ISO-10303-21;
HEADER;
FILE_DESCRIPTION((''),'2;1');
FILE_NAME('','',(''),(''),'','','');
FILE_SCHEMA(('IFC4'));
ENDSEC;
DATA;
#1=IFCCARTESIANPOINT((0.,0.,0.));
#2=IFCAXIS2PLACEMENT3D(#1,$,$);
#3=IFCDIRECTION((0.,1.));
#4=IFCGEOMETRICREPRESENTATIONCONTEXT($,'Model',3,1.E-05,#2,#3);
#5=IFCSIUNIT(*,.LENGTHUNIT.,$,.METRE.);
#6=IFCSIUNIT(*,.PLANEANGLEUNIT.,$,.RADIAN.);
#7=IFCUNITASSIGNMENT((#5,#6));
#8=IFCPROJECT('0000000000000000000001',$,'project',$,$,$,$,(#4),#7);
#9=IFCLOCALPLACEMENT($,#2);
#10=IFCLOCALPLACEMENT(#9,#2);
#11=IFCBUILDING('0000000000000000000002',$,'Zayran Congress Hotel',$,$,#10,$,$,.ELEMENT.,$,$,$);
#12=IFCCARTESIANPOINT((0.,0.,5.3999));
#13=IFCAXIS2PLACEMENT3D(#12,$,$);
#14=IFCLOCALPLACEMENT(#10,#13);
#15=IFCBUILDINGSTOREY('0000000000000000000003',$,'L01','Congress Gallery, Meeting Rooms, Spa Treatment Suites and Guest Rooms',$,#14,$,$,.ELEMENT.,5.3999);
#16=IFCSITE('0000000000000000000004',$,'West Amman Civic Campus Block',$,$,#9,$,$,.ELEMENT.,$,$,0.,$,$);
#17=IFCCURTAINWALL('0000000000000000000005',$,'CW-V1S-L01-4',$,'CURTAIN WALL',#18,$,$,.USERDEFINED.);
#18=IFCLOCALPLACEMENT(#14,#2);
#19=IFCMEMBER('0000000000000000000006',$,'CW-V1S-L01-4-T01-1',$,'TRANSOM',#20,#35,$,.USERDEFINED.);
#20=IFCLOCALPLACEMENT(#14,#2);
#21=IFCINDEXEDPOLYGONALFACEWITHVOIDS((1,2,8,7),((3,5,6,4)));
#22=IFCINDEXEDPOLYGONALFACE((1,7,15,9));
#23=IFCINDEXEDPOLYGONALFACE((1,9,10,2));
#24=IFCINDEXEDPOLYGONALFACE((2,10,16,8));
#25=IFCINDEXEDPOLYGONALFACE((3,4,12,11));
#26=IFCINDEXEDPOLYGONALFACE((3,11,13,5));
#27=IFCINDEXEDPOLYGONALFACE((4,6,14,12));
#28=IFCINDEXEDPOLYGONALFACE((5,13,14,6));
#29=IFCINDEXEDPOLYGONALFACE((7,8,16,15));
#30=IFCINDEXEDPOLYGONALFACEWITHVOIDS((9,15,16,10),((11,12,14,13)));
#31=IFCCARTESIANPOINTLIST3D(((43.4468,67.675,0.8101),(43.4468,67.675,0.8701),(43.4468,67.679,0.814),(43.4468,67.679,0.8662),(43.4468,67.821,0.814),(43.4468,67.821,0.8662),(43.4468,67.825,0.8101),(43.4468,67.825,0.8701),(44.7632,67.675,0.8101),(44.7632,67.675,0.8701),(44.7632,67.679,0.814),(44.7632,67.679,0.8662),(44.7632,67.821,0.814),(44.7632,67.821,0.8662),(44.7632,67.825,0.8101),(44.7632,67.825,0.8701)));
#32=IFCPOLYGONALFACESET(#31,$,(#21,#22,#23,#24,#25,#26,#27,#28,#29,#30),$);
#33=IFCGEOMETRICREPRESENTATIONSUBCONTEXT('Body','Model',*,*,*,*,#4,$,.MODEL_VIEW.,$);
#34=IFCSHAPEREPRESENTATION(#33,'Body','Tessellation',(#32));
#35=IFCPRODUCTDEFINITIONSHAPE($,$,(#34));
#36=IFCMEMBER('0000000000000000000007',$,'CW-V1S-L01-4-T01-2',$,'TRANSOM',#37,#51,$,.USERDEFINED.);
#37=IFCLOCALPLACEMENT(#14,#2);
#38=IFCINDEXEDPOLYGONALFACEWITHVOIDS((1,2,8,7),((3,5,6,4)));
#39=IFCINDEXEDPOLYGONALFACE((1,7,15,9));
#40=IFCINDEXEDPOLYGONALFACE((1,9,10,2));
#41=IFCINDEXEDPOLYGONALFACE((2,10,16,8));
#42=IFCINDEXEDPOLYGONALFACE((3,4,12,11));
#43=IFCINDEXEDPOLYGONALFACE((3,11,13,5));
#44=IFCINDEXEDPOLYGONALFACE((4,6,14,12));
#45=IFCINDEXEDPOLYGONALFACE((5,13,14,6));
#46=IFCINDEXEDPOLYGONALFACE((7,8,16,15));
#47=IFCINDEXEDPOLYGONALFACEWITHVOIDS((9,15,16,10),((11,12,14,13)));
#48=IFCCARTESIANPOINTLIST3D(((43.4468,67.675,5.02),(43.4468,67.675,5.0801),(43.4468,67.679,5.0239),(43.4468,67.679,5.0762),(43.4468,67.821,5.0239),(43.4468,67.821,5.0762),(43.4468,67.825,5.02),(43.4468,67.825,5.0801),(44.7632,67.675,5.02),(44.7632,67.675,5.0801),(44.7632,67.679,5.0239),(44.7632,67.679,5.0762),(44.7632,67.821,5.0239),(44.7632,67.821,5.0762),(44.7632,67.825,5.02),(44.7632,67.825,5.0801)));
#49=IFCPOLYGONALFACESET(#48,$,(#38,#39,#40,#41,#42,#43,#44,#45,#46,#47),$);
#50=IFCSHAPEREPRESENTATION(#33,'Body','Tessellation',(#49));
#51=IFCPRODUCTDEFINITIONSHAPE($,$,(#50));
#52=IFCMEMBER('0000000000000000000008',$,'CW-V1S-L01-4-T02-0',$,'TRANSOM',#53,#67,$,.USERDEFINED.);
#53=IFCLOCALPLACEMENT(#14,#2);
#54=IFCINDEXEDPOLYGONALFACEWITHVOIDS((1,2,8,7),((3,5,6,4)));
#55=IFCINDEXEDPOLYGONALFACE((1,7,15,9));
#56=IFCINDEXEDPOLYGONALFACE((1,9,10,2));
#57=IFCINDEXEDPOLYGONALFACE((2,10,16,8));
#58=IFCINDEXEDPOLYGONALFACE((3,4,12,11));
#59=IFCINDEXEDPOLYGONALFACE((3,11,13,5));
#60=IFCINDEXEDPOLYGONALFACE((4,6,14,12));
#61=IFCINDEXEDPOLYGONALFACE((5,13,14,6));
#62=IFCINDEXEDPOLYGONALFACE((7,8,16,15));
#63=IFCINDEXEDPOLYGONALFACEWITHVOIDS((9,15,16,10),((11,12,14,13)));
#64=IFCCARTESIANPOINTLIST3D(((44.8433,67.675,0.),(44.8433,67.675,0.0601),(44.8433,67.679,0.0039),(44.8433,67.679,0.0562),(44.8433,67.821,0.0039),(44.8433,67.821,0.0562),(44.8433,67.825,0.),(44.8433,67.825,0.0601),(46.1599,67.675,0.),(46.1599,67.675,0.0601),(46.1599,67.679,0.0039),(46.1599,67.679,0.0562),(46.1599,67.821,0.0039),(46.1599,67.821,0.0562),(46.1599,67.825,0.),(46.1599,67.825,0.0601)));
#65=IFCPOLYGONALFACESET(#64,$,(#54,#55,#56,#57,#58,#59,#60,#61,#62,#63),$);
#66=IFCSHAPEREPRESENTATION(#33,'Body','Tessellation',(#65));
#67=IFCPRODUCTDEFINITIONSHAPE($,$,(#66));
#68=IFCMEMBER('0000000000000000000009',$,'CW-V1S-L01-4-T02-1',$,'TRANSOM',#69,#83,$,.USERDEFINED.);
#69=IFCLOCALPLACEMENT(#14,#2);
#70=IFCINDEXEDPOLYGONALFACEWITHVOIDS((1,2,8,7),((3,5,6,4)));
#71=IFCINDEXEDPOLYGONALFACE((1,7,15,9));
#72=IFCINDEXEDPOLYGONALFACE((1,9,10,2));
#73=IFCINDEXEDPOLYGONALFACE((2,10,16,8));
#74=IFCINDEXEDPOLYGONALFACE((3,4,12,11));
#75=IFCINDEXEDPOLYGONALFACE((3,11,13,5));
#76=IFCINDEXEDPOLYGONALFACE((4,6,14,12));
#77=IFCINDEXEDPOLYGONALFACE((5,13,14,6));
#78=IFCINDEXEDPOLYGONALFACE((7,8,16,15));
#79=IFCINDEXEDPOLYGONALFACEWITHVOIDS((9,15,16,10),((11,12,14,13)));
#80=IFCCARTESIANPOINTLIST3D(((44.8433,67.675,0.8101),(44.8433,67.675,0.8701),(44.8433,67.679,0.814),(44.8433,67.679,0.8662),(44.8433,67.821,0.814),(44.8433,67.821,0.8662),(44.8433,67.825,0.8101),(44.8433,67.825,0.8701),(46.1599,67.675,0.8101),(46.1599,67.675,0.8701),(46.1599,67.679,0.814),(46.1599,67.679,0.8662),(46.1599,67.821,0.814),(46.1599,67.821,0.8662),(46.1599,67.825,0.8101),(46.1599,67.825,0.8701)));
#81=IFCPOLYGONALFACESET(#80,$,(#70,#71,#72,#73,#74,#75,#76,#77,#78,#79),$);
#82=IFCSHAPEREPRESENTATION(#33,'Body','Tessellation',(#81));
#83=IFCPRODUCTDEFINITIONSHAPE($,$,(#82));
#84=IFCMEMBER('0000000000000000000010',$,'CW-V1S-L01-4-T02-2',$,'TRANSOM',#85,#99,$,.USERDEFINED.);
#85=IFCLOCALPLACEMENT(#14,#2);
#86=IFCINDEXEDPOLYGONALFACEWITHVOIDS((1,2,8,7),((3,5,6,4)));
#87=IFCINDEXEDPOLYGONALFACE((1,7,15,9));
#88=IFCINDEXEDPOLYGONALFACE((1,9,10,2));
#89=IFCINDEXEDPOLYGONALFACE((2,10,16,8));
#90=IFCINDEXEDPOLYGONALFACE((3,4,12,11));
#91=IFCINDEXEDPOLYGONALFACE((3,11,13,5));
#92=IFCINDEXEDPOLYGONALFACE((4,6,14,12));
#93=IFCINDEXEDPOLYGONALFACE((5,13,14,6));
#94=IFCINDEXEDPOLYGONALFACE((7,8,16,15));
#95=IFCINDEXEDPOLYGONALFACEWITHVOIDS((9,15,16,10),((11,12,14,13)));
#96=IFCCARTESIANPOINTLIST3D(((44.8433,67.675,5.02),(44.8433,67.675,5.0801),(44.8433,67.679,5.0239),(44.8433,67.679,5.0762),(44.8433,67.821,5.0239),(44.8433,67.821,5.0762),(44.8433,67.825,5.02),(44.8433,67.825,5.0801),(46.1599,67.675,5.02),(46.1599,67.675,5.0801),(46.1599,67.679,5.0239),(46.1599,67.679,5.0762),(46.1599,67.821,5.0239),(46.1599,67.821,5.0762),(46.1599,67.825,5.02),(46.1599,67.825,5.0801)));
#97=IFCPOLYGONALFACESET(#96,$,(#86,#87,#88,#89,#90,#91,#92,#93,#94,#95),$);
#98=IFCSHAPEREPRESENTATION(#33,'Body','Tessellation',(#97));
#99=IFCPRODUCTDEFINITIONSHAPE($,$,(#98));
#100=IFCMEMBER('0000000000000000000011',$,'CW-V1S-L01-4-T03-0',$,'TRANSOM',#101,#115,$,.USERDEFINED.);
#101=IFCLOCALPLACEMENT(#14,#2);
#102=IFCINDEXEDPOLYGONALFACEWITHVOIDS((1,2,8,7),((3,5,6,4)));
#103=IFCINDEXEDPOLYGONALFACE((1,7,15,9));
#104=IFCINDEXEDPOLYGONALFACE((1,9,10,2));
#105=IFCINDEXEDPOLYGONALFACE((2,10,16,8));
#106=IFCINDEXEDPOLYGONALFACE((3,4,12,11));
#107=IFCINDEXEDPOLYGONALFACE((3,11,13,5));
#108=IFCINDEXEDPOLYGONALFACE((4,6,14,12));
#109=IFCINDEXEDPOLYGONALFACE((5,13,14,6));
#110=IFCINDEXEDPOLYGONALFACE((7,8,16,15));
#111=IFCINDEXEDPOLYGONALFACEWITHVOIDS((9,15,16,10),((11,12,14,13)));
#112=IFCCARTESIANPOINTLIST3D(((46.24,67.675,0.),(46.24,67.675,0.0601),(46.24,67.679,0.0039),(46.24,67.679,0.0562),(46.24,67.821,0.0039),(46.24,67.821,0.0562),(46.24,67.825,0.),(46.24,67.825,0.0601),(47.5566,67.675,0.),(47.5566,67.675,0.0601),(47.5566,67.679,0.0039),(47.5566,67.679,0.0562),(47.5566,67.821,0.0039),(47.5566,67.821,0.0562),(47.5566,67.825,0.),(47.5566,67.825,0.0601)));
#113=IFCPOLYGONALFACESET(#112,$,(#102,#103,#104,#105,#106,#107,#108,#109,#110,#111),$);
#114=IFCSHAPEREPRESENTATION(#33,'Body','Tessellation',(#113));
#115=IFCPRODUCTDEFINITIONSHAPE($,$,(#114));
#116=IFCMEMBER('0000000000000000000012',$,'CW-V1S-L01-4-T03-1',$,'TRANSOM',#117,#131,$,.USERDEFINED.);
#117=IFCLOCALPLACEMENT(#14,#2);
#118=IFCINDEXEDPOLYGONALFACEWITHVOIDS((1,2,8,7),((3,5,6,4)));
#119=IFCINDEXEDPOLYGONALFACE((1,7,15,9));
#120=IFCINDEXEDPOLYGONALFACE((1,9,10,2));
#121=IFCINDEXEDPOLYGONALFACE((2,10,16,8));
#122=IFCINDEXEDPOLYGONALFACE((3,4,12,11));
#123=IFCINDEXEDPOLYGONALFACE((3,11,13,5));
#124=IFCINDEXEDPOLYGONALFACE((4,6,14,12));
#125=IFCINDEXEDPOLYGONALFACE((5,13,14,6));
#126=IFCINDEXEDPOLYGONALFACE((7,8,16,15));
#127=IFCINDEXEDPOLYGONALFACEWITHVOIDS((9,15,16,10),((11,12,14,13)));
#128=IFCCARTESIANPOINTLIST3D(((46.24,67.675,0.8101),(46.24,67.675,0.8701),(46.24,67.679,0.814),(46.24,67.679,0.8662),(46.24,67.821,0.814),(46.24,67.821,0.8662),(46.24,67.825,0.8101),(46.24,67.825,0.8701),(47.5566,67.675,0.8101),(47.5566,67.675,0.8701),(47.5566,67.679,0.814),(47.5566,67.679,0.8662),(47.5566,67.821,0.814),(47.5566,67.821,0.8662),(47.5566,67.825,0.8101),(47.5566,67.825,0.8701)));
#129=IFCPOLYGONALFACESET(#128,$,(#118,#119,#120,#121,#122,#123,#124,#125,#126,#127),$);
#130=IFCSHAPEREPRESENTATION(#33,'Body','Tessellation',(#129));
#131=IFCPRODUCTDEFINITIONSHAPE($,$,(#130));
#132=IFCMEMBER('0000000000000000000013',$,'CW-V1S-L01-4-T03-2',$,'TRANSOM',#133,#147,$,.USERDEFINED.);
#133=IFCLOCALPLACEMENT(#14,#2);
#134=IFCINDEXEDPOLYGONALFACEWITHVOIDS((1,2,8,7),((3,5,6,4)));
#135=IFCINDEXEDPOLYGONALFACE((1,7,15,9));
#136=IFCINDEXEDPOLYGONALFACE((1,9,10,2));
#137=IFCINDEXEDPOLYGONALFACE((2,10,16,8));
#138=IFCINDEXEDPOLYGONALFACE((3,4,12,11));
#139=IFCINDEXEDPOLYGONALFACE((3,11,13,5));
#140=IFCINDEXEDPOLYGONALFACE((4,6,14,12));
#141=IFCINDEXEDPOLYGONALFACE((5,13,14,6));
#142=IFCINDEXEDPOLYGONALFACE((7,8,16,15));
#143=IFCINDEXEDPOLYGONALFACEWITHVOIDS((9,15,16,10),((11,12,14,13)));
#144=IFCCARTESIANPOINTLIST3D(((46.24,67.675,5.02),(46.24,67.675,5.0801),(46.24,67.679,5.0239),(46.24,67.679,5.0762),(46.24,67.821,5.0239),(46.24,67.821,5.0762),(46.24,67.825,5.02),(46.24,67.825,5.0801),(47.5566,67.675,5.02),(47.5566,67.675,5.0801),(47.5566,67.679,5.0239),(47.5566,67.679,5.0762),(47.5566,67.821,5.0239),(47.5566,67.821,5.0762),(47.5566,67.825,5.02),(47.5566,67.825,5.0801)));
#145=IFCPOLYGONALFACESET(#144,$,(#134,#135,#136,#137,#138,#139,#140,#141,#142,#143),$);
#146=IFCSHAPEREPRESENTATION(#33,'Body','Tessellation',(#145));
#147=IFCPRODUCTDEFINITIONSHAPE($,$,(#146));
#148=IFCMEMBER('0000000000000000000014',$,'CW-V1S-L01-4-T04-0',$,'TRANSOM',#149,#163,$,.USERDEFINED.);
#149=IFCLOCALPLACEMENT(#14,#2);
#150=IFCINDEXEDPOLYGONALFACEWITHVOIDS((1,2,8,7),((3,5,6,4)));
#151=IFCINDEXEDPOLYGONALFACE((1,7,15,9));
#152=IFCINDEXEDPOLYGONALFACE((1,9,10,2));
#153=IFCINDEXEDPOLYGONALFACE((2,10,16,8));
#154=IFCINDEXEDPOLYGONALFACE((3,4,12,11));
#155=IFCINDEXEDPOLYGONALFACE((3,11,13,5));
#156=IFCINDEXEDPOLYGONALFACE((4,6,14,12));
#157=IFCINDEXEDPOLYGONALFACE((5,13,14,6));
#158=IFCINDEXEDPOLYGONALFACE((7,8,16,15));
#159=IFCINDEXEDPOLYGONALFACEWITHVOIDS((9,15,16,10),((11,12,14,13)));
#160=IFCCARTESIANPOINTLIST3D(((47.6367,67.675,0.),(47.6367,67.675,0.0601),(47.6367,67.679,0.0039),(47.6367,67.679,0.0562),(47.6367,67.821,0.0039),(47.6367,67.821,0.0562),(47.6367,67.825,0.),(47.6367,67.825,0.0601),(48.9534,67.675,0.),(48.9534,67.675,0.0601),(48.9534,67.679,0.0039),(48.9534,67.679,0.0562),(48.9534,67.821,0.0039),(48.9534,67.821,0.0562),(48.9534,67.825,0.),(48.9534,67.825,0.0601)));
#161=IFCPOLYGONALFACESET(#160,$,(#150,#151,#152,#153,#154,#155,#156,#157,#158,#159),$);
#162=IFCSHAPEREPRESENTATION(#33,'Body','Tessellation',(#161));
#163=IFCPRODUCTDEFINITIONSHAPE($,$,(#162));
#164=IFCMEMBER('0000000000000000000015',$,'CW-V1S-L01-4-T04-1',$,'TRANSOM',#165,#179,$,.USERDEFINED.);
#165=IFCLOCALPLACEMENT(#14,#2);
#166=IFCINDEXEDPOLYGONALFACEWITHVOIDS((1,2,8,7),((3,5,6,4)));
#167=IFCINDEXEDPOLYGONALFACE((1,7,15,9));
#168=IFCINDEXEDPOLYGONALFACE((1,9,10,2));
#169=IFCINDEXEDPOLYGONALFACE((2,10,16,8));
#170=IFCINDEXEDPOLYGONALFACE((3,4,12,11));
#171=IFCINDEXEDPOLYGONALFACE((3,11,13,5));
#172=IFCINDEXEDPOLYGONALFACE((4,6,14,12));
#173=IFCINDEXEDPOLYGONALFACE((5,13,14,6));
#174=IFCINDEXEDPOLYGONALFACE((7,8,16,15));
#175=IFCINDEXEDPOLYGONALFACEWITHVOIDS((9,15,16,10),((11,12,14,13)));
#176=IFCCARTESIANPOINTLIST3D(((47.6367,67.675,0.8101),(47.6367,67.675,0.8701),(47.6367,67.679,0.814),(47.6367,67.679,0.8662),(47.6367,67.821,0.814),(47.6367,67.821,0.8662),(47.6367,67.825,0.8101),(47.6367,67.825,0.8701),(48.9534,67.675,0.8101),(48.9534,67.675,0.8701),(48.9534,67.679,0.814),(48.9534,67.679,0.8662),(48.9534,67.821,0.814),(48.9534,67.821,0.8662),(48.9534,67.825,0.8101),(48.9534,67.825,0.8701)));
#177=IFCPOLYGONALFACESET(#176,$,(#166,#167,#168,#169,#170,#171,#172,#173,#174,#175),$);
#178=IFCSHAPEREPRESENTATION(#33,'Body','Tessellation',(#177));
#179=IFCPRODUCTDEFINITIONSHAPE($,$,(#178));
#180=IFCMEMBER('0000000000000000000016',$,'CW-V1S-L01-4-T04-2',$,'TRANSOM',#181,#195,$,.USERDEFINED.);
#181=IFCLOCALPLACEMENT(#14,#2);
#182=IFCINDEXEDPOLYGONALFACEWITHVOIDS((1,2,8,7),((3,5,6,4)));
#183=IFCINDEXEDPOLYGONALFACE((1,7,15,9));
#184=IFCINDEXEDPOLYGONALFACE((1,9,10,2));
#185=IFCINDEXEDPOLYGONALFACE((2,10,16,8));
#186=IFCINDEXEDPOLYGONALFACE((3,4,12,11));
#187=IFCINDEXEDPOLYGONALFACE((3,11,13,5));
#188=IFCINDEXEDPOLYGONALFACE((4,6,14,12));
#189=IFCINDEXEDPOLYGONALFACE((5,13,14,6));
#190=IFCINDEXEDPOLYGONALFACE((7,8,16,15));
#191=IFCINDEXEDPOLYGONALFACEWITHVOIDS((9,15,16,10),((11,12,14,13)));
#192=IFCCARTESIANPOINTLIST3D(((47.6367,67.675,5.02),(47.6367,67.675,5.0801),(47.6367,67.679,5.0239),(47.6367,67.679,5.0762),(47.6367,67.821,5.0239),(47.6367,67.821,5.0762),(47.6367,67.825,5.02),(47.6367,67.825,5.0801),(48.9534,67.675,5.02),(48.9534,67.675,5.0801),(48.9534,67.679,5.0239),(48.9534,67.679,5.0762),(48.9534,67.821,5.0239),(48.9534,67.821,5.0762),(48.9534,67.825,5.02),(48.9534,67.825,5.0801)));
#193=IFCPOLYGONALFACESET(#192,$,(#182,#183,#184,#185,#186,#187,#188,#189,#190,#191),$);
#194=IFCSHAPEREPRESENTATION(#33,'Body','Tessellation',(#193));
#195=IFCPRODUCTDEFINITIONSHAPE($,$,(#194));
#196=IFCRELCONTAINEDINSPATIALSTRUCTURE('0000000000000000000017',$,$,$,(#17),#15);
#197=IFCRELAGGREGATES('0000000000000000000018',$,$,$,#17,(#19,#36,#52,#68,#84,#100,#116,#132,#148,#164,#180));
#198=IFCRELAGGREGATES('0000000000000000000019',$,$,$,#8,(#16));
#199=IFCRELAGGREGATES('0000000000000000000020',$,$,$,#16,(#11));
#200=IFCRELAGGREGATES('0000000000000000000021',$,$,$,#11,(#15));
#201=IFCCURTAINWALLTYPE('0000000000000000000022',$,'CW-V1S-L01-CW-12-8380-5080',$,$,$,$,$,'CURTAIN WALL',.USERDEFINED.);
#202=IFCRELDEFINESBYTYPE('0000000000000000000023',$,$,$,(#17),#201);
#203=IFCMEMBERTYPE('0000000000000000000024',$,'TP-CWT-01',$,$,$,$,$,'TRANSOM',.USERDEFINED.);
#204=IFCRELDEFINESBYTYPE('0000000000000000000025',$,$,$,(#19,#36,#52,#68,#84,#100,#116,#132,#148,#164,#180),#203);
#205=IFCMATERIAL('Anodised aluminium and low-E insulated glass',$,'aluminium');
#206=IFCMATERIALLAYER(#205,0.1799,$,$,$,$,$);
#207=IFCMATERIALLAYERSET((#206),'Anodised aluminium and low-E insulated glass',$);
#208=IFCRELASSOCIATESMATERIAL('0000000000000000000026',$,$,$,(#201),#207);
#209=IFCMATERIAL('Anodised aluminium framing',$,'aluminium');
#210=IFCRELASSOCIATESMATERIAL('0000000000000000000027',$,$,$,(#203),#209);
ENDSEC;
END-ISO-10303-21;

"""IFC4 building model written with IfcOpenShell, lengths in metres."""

from ifc_helpers import new_model, si_unit, direction, frame, origin, origin_2d, place, context, subcontext, project, spatial, hollow_rectangle, extrude, material, layer, layer_set, material_profile, profile_set, type_object, element, aggregate, save


model = new_model("IFC4")

# Units and contexts
model_context = context("Model", 3, precision=1e-05, world=origin(), true_north=direction((0.0, 1.0)))
body_context = subcontext(model_context, "Body", "Model", "MODEL_VIEW")
ifc_project = project(units=[si_unit("LENGTHUNIT", "METRE"), si_unit("PLANEANGLEUNIT", "RADIAN")], contexts=[model_context])

# Site, building, storey
site_placement = place(None, origin())
site = spatial("IfcSite", under=ifc_project, at=site_placement, Name="West Amman Civic Campus Block", CompositionType="ELEMENT", RefElevation=0.0)
building_placement = place(site_placement, origin())
building = spatial("IfcBuilding", under=site, at=building_placement, Name="Zayran Congress Hotel", CompositionType="ELEMENT")
storey_placement = place(building_placement, frame((0.0, 0.0, 5.3999)))
storey = spatial("IfcBuildingStorey", under=building, at=storey_placement, Name="L01", Description="Congress Gallery, Meeting Rooms, Spa Treatment Suites and Guest Rooms", CompositionType="ELEMENT", Elevation=5.3999)

# Shared definitions
ifc_material_1 = material(Name="Anodised aluminium and low-E insulated glass", Category="aluminium")
ifc_material_2 = material(Name="Anodised aluminium framing", Category="aluminium")

# Curtain wall, members
ifc_layer_1 = layer(ifc_material_1, 0.1799)
ifc_layer_set_1 = layer_set([ifc_layer_1], Name="Anodised aluminium and low-E insulated glass")
curtain_wall_type_1 = type_object("IfcCurtainWallType", Name="CW-V1S-L01-CW-12-8380-5080", ElementType="CURTAIN WALL", PredefinedType="USERDEFINED", material=ifc_layer_set_1)
curtain_wall_1_placement = place(storey_placement, origin())
curtain_wall_1 = element("IfcCurtainWall", 1, at=curtain_wall_1_placement, inside=storey, type_object=curtain_wall_type_1, Name="CW-V1S-L01-4", ObjectType="CURTAIN WALL", PredefinedType="USERDEFINED")
ifc_material_profile_1 = material_profile(ifc_material_2, hollow_rectangle(XDim=0.0601, YDim=0.1499, WallThickness=0.0039, at=origin_2d()), Name="RHS 150x60x4")
ifc_profile_set_1 = profile_set([ifc_material_profile_1], Name="Anodised aluminium framing")
member_type_1 = type_object("IfcMemberType", Name="TP-CWT-01", ElementType="TRANSOM", PredefinedType="USERDEFINED", material=ifc_profile_set_1)
member_1_placement = place(storey_placement, frame((43.4468, 67.75, 0.8401), z_axis=(1.0, 0.0, 0.0), x_axis=(0.0, 0.0, 1.0)))
member_1 = element("IfcMember", 2, at=member_1_placement, type_object=member_type_1, Name="CW-V1S-L01-4-T01-1", ObjectType="TRANSOM", PredefinedType="USERDEFINED", context=body_context, shape_type="SweptSolid", body=[
    extrude(hollow_rectangle(XDim=0.0601, YDim=0.1499, WallThickness=0.0039, at=origin_2d()), origin(), (0.0, 0.0, 1.0), 1.3164),
])
member_2_placement = place(storey_placement, frame((43.4468, 67.75, 5.05), z_axis=(1.0, 0.0, 0.0), x_axis=(0.0, 0.0, 1.0)))
member_2 = element("IfcMember", 3, at=member_2_placement, type_object=member_type_1, Name="CW-V1S-L01-4-T01-2", ObjectType="TRANSOM", PredefinedType="USERDEFINED", context=body_context, shape_type="SweptSolid", body=[
    extrude(hollow_rectangle(XDim=0.0601, YDim=0.1499, WallThickness=0.0039, at=origin_2d()), origin(), (0.0, 0.0, 1.0), 1.3164),
])
member_3_placement = place(storey_placement, frame((44.8433, 67.75, 0.03), z_axis=(1.0, 0.0, 0.0), x_axis=(0.0, 0.0, 1.0)))
member_3 = element("IfcMember", 4, at=member_3_placement, type_object=member_type_1, Name="CW-V1S-L01-4-T02-0", ObjectType="TRANSOM", PredefinedType="USERDEFINED", context=body_context, shape_type="SweptSolid", body=[
    extrude(hollow_rectangle(XDim=0.0601, YDim=0.1499, WallThickness=0.0039, at=origin_2d()), origin(), (0.0, 0.0, 1.0), 1.3167),
])
member_4_placement = place(storey_placement, frame((44.8433, 67.75, 0.8401), z_axis=(1.0, 0.0, 0.0), x_axis=(0.0, 0.0, 1.0)))
member_4 = element("IfcMember", 5, at=member_4_placement, type_object=member_type_1, Name="CW-V1S-L01-4-T02-1", ObjectType="TRANSOM", PredefinedType="USERDEFINED", context=body_context, shape_type="SweptSolid", body=[
    extrude(hollow_rectangle(XDim=0.0601, YDim=0.1499, WallThickness=0.0039, at=origin_2d()), origin(), (0.0, 0.0, 1.0), 1.3167),
])
member_5_placement = place(storey_placement, frame((44.8433, 67.75, 5.05), z_axis=(1.0, 0.0, 0.0), x_axis=(0.0, 0.0, 1.0)))
member_5 = element("IfcMember", 6, at=member_5_placement, type_object=member_type_1, Name="CW-V1S-L01-4-T02-2", ObjectType="TRANSOM", PredefinedType="USERDEFINED", context=body_context, shape_type="SweptSolid", body=[
    extrude(hollow_rectangle(XDim=0.0601, YDim=0.1499, WallThickness=0.0039, at=origin_2d()), origin(), (0.0, 0.0, 1.0), 1.3167),
])
member_6_placement = place(storey_placement, frame((46.24, 67.75, 0.03), z_axis=(1.0, 0.0, 0.0), x_axis=(0.0, 0.0, 1.0)))
member_6 = element("IfcMember", 7, at=member_6_placement, type_object=member_type_1, Name="CW-V1S-L01-4-T03-0", ObjectType="TRANSOM", PredefinedType="USERDEFINED", context=body_context, shape_type="SweptSolid", body=[
    extrude(hollow_rectangle(XDim=0.0601, YDim=0.1499, WallThickness=0.0039, at=origin_2d()), origin(), (0.0, 0.0, 1.0), 1.3167),
])
member_7_placement = place(storey_placement, frame((46.24, 67.75, 0.8401), z_axis=(1.0, 0.0, 0.0), x_axis=(0.0, 0.0, 1.0)))
member_7 = element("IfcMember", 8, at=member_7_placement, type_object=member_type_1, Name="CW-V1S-L01-4-T03-1", ObjectType="TRANSOM", PredefinedType="USERDEFINED", context=body_context, shape_type="SweptSolid", body=[
    extrude(hollow_rectangle(XDim=0.0601, YDim=0.1499, WallThickness=0.0039, at=origin_2d()), origin(), (0.0, 0.0, 1.0), 1.3167),
])
member_8_placement = place(storey_placement, frame((46.24, 67.75, 5.05), z_axis=(1.0, 0.0, 0.0), x_axis=(0.0, 0.0, 1.0)))
member_8 = element("IfcMember", 9, at=member_8_placement, type_object=member_type_1, Name="CW-V1S-L01-4-T03-2", ObjectType="TRANSOM", PredefinedType="USERDEFINED", context=body_context, shape_type="SweptSolid", body=[
    extrude(hollow_rectangle(XDim=0.0601, YDim=0.1499, WallThickness=0.0039, at=origin_2d()), origin(), (0.0, 0.0, 1.0), 1.3167),
])
member_9_placement = place(storey_placement, frame((47.6367, 67.75, 0.03), z_axis=(1.0, 0.0, 0.0), x_axis=(0.0, 0.0, 1.0)))
member_9 = element("IfcMember", 10, at=member_9_placement, type_object=member_type_1, Name="CW-V1S-L01-4-T04-0", ObjectType="TRANSOM", PredefinedType="USERDEFINED", context=body_context, shape_type="SweptSolid", body=[
    extrude(hollow_rectangle(XDim=0.0601, YDim=0.1499, WallThickness=0.0039, at=origin_2d()), origin(), (0.0, 0.0, 1.0), 1.3167),
])
member_10_placement = place(storey_placement, frame((47.6367, 67.75, 0.8401), z_axis=(1.0, 0.0, 0.0), x_axis=(0.0, 0.0, 1.0)))
member_10 = element("IfcMember", 11, at=member_10_placement, type_object=member_type_1, Name="CW-V1S-L01-4-T04-1", ObjectType="TRANSOM", PredefinedType="USERDEFINED", context=body_context, shape_type="SweptSolid", body=[
    extrude(hollow_rectangle(XDim=0.0601, YDim=0.1499, WallThickness=0.0039, at=origin_2d()), origin(), (0.0, 0.0, 1.0), 1.3167),
])
member_11_placement = place(storey_placement, frame((47.6367, 67.75, 5.05), z_axis=(1.0, 0.0, 0.0), x_axis=(0.0, 0.0, 1.0)))
member_11 = element("IfcMember", 12, at=member_11_placement, type_object=member_type_1, Name="CW-V1S-L01-4-T04-2", ObjectType="TRANSOM", PredefinedType="USERDEFINED", context=body_context, shape_type="SweptSolid", body=[
    extrude(hollow_rectangle(XDim=0.0601, YDim=0.1499, WallThickness=0.0039, at=origin_2d()), origin(), (0.0, 0.0, 1.0), 1.3167),
])
aggregate(curtain_wall_1, [member_1, member_2, member_3, member_4, member_5, member_6, member_7, member_8, member_9, member_10, member_11])

save(model, "model.ifc")
